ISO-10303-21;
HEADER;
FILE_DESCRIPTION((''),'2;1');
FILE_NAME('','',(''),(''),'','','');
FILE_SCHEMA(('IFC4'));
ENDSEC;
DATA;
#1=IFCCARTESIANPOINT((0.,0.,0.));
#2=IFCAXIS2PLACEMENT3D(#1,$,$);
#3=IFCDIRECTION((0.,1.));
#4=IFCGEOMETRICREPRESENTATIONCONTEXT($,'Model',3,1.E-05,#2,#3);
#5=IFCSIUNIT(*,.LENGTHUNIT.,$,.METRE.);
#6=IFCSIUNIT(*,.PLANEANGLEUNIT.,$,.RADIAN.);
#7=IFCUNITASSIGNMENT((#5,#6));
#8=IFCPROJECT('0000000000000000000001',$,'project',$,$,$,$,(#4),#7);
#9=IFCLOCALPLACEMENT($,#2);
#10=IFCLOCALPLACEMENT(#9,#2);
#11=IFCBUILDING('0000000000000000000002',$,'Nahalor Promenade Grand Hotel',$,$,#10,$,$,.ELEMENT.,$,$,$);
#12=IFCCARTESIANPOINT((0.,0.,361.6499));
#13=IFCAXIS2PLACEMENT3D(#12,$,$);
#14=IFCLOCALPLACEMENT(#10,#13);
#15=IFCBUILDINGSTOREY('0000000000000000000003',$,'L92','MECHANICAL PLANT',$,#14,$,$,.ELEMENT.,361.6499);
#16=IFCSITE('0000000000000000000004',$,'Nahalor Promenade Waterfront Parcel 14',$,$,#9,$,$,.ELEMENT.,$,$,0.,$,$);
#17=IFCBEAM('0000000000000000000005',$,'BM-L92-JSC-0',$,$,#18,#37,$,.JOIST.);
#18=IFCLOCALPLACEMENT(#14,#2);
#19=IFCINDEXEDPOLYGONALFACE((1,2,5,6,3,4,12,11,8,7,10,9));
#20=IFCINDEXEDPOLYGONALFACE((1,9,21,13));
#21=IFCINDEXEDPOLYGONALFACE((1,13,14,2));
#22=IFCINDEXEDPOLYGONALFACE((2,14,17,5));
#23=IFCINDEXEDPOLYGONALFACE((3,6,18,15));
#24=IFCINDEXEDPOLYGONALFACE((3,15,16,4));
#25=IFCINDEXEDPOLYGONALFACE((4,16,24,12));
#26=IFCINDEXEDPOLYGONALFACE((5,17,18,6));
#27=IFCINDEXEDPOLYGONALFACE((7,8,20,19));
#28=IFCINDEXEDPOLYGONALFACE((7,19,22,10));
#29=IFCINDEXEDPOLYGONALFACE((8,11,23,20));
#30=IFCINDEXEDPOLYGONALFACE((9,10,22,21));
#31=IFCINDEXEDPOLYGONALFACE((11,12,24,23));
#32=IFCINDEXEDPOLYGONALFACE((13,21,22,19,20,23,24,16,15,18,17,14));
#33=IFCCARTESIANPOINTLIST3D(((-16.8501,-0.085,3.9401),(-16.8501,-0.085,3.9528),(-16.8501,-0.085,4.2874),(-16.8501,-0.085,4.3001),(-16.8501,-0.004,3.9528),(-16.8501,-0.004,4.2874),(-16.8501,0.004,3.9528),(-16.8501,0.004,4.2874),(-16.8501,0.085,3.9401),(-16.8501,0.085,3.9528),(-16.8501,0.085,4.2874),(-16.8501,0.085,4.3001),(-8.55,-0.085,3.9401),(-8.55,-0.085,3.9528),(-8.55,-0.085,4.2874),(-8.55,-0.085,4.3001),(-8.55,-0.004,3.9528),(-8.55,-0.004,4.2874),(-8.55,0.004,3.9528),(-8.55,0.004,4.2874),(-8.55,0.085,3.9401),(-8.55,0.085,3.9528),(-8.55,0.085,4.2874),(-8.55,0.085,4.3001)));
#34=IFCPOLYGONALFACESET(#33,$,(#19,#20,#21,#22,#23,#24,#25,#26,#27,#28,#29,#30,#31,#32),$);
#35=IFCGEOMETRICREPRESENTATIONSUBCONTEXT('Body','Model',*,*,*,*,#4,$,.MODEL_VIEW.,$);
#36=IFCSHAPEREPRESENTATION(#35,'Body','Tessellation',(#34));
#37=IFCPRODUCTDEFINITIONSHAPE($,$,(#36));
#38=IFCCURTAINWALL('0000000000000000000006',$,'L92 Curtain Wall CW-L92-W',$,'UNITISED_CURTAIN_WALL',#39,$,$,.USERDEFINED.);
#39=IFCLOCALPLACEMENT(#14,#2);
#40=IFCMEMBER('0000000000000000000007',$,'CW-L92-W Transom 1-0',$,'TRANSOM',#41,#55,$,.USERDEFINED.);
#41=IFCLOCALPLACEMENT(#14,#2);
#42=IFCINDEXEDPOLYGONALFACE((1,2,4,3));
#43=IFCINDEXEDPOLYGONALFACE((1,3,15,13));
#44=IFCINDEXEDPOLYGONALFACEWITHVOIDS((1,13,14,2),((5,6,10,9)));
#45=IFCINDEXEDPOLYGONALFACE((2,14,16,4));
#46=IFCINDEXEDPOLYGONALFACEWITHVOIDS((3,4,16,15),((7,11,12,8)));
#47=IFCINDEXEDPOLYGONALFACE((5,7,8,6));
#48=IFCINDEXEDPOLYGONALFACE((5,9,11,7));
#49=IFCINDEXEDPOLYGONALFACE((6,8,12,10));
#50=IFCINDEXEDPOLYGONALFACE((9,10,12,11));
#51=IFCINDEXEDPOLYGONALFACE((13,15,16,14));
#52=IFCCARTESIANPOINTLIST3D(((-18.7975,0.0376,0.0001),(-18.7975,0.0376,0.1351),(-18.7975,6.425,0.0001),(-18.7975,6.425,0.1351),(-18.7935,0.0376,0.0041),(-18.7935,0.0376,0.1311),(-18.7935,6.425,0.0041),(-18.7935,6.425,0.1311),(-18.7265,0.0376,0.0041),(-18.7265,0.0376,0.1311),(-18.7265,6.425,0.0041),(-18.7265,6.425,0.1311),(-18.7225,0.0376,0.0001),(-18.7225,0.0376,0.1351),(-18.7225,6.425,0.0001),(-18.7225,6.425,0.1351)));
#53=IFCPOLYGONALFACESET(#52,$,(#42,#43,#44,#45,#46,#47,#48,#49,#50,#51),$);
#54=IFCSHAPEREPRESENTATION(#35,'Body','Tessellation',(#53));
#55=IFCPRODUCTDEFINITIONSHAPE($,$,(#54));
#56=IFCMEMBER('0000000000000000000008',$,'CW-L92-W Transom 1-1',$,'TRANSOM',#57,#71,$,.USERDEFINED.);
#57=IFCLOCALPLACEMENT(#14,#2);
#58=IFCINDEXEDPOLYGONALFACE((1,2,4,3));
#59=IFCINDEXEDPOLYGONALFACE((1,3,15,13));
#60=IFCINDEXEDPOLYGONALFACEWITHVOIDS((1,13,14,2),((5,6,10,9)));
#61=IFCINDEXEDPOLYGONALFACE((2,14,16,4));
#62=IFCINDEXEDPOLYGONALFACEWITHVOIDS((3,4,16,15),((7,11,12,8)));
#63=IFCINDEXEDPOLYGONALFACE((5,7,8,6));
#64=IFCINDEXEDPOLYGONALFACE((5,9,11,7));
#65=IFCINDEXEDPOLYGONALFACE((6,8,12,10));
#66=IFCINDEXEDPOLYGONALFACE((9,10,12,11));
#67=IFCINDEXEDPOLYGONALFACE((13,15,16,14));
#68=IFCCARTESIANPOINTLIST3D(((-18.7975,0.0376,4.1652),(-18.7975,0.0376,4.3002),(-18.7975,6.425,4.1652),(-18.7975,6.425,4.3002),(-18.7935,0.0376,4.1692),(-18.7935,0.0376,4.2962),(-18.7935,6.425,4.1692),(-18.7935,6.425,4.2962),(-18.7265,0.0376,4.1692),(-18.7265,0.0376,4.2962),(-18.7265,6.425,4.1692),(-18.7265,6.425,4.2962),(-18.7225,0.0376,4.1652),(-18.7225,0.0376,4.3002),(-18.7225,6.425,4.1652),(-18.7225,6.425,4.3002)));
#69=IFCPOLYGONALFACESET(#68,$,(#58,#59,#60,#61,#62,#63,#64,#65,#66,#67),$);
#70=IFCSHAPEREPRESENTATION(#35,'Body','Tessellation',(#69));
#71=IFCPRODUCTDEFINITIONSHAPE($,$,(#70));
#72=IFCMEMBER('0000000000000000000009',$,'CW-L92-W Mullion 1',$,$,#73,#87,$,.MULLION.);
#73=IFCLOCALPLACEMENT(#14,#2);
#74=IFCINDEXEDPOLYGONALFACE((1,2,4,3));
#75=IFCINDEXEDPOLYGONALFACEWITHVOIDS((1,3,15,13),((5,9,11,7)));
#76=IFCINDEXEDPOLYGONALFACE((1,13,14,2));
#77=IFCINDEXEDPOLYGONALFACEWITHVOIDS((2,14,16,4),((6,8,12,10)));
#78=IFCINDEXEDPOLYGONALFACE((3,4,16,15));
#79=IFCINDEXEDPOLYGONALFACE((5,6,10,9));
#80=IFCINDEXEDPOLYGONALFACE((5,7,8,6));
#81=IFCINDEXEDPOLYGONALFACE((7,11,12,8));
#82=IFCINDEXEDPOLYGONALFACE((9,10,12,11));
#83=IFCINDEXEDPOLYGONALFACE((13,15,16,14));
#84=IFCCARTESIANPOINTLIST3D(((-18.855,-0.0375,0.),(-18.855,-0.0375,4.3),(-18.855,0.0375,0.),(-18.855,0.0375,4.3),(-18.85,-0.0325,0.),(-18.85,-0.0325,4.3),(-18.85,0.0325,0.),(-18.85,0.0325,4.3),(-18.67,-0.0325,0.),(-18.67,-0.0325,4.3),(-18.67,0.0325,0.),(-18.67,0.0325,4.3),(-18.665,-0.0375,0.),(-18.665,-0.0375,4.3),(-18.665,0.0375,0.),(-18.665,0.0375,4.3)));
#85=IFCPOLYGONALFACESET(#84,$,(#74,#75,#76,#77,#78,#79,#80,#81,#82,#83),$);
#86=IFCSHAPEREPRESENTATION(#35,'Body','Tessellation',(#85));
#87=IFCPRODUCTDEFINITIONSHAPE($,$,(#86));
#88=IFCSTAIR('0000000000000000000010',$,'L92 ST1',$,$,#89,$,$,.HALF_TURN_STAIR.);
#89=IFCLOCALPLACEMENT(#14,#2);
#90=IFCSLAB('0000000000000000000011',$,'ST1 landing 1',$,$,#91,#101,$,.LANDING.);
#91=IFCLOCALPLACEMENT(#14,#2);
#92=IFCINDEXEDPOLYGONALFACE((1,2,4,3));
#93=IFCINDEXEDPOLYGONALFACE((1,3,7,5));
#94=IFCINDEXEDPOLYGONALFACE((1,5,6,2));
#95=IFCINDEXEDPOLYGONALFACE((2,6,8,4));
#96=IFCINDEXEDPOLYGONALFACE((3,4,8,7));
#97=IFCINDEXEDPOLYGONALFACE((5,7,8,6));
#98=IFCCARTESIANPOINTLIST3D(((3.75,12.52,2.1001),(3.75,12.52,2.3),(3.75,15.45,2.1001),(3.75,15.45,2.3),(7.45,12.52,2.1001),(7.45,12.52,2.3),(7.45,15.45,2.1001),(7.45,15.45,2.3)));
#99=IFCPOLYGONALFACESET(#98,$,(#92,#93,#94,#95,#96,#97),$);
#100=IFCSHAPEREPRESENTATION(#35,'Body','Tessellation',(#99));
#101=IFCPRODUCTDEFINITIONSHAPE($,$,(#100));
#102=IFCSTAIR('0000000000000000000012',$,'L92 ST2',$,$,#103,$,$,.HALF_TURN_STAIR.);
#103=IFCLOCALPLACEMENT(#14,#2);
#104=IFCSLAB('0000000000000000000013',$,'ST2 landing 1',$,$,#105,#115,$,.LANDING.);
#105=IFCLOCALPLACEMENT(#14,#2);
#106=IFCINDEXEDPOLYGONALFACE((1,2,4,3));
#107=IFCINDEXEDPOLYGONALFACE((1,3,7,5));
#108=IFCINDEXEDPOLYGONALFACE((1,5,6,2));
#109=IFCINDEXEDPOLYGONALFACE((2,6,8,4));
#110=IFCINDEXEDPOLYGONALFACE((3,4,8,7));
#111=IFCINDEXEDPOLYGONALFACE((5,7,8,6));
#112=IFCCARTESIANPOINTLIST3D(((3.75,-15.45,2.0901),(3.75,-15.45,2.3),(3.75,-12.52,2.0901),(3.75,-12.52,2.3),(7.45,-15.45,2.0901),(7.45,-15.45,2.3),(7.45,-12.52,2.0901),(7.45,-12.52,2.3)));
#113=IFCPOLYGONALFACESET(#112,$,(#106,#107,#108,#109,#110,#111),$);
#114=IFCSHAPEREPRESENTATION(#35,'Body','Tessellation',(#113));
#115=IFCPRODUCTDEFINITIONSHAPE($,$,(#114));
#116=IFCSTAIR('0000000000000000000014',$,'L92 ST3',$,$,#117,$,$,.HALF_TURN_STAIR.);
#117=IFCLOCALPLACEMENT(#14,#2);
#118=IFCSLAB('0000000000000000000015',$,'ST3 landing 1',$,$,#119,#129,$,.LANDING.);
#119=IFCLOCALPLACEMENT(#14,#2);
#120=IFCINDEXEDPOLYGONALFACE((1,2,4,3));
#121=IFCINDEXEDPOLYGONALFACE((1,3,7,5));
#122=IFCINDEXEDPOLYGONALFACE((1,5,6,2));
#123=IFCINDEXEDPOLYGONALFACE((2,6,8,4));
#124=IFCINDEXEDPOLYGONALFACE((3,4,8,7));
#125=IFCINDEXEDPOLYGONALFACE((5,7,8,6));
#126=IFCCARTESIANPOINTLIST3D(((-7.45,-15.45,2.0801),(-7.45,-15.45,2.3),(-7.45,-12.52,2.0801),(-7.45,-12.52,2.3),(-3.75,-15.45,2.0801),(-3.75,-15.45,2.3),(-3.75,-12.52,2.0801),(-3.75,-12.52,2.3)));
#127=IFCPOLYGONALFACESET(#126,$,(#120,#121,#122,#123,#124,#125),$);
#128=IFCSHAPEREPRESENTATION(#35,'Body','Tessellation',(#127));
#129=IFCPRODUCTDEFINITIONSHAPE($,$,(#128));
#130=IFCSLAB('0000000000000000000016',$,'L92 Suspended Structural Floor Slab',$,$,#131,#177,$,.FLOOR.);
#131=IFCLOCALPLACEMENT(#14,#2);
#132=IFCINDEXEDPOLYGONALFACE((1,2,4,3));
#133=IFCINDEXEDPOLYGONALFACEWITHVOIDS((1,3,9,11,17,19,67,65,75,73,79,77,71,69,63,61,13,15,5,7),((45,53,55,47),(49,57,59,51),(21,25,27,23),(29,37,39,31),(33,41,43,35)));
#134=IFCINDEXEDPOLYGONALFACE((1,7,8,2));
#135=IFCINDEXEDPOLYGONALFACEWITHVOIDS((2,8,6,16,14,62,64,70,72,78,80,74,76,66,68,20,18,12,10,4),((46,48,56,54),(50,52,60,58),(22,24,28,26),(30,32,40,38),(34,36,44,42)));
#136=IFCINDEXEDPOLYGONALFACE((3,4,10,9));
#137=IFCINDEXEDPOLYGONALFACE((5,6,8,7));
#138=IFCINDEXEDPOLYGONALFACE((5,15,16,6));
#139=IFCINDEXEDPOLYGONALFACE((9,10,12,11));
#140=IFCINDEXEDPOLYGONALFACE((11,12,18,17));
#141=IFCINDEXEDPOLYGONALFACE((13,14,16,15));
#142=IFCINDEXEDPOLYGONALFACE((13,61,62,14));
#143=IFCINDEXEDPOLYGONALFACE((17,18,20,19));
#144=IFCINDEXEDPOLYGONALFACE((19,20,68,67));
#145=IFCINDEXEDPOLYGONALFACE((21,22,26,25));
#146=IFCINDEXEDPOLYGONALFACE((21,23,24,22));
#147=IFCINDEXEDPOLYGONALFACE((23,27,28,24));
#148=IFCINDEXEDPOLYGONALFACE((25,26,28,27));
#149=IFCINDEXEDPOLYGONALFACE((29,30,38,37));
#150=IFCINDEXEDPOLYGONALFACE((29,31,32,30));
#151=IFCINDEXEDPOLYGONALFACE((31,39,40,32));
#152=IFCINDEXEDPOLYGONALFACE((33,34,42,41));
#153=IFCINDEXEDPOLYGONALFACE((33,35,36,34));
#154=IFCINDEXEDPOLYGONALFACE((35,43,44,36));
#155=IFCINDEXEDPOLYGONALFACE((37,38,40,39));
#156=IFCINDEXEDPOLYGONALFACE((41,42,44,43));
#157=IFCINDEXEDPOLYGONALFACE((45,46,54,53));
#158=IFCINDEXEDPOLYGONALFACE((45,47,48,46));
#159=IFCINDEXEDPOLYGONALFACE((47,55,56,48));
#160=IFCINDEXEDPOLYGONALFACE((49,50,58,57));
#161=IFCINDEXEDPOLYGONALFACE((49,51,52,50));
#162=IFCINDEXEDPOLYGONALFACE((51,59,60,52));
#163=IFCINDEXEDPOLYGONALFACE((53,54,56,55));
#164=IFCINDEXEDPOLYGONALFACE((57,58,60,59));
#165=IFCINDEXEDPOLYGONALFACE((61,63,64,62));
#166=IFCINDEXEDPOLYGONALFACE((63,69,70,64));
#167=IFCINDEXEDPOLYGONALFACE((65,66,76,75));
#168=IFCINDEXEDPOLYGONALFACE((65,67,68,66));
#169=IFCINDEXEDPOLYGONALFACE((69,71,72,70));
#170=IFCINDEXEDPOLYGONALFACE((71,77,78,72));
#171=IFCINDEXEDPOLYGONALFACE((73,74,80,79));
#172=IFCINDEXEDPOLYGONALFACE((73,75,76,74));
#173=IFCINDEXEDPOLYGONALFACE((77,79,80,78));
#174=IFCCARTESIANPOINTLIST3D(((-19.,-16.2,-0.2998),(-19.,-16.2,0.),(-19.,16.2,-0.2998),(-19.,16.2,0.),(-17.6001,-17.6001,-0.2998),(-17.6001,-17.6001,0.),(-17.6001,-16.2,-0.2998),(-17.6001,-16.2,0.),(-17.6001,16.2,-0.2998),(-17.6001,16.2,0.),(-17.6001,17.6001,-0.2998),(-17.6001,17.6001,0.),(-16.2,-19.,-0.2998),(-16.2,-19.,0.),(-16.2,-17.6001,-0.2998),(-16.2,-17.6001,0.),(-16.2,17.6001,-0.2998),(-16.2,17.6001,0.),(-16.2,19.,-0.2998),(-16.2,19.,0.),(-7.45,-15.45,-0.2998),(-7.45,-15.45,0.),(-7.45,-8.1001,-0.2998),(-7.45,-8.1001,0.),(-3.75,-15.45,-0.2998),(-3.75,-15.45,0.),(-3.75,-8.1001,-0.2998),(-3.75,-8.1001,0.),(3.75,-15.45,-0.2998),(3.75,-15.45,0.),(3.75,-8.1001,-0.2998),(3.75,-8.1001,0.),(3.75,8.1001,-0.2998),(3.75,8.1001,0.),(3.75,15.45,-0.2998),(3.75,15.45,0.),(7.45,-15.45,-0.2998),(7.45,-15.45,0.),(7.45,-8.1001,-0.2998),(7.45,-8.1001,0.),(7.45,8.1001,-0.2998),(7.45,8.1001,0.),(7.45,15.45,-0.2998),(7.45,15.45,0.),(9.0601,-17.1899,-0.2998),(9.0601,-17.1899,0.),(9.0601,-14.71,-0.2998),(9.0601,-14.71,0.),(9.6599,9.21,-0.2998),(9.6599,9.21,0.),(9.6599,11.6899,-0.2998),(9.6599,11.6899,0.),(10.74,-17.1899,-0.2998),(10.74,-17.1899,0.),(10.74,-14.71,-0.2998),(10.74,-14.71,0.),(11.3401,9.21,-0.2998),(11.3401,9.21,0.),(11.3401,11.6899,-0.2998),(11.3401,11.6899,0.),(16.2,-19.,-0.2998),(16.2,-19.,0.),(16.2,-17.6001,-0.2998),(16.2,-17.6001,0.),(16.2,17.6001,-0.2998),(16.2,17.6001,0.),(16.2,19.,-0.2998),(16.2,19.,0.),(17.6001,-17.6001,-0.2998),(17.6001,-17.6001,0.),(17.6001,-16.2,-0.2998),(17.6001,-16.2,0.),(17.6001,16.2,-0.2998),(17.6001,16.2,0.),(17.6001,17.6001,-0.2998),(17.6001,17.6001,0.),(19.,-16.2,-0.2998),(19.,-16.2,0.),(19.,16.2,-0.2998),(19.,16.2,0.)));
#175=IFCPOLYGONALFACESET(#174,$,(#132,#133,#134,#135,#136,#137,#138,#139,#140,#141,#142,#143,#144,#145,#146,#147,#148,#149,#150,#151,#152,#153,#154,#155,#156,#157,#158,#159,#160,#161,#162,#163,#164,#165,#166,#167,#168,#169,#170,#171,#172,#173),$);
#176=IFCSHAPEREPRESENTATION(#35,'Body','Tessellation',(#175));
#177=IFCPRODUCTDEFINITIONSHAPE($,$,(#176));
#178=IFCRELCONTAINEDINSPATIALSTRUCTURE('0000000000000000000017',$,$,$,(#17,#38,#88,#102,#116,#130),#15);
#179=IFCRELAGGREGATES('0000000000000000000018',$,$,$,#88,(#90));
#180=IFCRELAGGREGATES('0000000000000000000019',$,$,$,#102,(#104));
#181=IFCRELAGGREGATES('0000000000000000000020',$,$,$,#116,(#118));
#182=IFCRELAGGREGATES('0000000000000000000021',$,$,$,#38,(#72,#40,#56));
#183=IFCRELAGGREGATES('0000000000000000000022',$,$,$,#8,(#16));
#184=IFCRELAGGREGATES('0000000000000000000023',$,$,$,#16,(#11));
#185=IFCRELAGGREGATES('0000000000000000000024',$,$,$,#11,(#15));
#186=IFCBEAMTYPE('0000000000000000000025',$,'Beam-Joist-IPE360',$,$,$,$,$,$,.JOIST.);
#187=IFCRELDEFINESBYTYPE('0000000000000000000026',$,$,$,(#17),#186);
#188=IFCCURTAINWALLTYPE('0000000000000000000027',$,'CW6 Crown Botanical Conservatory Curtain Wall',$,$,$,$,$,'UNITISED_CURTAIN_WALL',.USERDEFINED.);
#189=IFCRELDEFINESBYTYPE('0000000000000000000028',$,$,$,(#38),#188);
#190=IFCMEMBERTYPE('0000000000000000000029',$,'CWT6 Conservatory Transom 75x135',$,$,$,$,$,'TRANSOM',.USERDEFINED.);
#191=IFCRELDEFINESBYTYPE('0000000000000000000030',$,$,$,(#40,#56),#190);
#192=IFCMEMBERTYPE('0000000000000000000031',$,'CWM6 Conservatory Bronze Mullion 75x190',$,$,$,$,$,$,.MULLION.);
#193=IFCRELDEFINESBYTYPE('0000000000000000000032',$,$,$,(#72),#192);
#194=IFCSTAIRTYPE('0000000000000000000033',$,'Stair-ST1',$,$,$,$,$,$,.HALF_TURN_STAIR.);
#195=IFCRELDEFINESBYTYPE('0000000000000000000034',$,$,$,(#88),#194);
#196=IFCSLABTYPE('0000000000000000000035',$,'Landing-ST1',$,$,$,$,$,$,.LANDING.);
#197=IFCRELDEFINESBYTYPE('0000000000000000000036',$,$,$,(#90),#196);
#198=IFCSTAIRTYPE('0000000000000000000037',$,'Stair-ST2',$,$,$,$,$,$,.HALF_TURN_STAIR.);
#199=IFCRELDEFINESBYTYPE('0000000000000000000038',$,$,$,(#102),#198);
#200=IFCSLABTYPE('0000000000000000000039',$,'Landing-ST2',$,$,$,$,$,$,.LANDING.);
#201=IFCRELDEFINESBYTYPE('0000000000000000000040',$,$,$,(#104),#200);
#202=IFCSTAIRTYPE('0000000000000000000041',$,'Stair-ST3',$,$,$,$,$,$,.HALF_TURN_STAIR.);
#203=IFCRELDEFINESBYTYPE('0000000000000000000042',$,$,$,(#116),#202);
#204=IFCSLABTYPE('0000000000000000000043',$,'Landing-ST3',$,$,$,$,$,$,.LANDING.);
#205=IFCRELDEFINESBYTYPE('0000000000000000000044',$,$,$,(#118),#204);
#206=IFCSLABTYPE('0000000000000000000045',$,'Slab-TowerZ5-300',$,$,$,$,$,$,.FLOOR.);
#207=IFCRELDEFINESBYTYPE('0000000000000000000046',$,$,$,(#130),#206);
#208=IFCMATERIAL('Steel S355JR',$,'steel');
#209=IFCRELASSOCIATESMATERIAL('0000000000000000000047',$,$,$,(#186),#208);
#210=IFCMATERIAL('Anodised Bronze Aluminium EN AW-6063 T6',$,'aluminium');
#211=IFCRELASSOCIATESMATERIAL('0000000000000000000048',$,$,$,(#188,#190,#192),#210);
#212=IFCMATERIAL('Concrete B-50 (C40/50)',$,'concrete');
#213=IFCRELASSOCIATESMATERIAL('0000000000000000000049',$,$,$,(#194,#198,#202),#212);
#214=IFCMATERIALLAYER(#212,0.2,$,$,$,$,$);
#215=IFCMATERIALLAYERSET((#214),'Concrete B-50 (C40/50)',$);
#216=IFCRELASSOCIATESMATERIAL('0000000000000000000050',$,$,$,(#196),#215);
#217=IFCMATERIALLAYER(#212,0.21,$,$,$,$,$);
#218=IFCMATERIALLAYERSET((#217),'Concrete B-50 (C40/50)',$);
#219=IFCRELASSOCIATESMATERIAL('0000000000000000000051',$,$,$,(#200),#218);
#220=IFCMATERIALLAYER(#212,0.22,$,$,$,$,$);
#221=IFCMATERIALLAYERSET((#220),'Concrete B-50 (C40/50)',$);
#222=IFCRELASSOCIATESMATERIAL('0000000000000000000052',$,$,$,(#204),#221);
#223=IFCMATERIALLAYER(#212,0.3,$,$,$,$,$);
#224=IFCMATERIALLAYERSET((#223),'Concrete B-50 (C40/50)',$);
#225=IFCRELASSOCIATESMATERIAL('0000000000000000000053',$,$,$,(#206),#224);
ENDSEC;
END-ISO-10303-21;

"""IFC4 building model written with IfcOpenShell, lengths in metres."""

from ifc_helpers import new_model, si_unit, direction, frame, origin, origin_2d, place, context, subcontext, project, spatial, polyline, hollow_rectangle, i_section, outline, extrude, source, transform, mapped, material, layer, layer_set, material_profile, profile_set, type_object, element, aggregate, save


model = new_model("IFC4")

# Units and contexts
model_context = context("Model", 3, precision=1e-05, world=origin(), true_north=direction((0.0, 1.0)))
body_context = subcontext(model_context, "Body", "Model", "MODEL_VIEW")
ifc_project = project(units=[si_unit("LENGTHUNIT", "METRE"), si_unit("PLANEANGLEUNIT", "RADIAN")], contexts=[model_context])

# Site, building, storey
site_placement = place(None, origin())
site = spatial("IfcSite", under=ifc_project, at=site_placement, Name="Nahalor Promenade Waterfront Parcel 14", CompositionType="ELEMENT", RefElevation=0.0)
building_placement = place(site_placement, origin())
building = spatial("IfcBuilding", under=site, at=building_placement, Name="Nahalor Promenade Grand Hotel", CompositionType="ELEMENT")
storey_placement = place(building_placement, frame((0.0, 0.0, 361.6499)))
storey = spatial("IfcBuildingStorey", under=building, at=storey_placement, Name="L92", Description="MECHANICAL PLANT", CompositionType="ELEMENT", Elevation=361.6499)

# Shared definitions
ifc_material_1 = material(Name="Concrete B-50 (C40/50)", Category="concrete")

# Beam
ifc_material_2 = material(Name="Steel S355JR", Category="steel")
ifc_material_profile_1 = material_profile(ifc_material_2, i_section(OverallWidth=0.17, OverallDepth=0.36, WebThickness=0.008, FlangeThickness=0.0127, at=origin_2d()), Name="IPE 360")
ifc_profile_set_1 = profile_set([ifc_material_profile_1], Name="Steel S355JR")
beam_type_1 = type_object("IfcBeamType", Name="Beam-Joist-IPE360", PredefinedType="JOIST", material=ifc_profile_set_1)
shared_shape_1 = source(origin(), body_context, "Body", "SweptSolid", [
    extrude(i_section(OverallWidth=0.17, OverallDepth=0.36, WebThickness=0.008, FlangeThickness=0.0127, at=origin_2d()), origin(), (0.0, 0.0, 1.0), 8.3),
])
beam_1_placement = place(storey_placement, frame((-16.8501, 0.0, 4.1201), z_axis=(1.0, 0.0, 0.0), x_axis=(0.0, 1.0, 0.0)))
element("IfcBeam", 1, at=beam_1_placement, inside=storey, type_object=beam_type_1, Name="BM-L92-JSC-0", PredefinedType="JOIST", context=body_context, shape_type="MappedRepresentation", body=[
    mapped(shared_shape_1, transform((0.0, 0.0, 0.0), scale=1.0)),
])

# Curtain wall, members
ifc_material_3 = material(Name="Anodised Bronze Aluminium EN AW-6063 T6", Category="aluminium")
curtain_wall_type = type_object("IfcCurtainWallType", Name="CW6 Crown Botanical Conservatory Curtain Wall", ElementType="UNITISED_CURTAIN_WALL", PredefinedType="USERDEFINED", material=ifc_material_3)
curtain_wall_placement = place(storey_placement, origin())
curtain_wall = element("IfcCurtainWall", 2, at=curtain_wall_placement, inside=storey, type_object=curtain_wall_type, Name="L92 Curtain Wall CW-L92-W", ObjectType="UNITISED_CURTAIN_WALL", PredefinedType="USERDEFINED")
ifc_material_profile_2 = material_profile(ifc_material_3, hollow_rectangle(XDim=0.075, YDim=0.135, WallThickness=0.004, at=origin_2d()), Name="CWT 75x135x4")
ifc_profile_set_2 = profile_set([ifc_material_profile_2], Name="Anodised Bronze Aluminium EN AW-6063 T6")
member_type_1 = type_object("IfcMemberType", Name="CWT6 Conservatory Transom 75x135", ElementType="TRANSOM", PredefinedType="USERDEFINED", material=ifc_profile_set_2)
shared_shape_2 = source(origin(), body_context, "Body", "SweptSolid", [
    extrude(hollow_rectangle(XDim=0.075, YDim=0.135, WallThickness=0.004, at=origin_2d()), origin(), (0.0, 0.0, 1.0), 6.3875),
])
member_1_placement = place(storey_placement, frame((-18.76, 0.0376, 0.0676), z_axis=(0.0, 1.0, 0.0), x_axis=(-1.0, 0.0, 0.0)))
member_1 = element("IfcMember", 3, at=member_1_placement, type_object=member_type_1, Name="CW-L92-W Transom 1-0", ObjectType="TRANSOM", PredefinedType="USERDEFINED", context=body_context, shape_type="MappedRepresentation", body=[
    mapped(shared_shape_2, transform((0.0, 0.0, 0.0), scale=1.0)),
])
member_2_placement = place(storey_placement, frame((-18.76, 0.0376, 4.2327), z_axis=(0.0, 1.0, 0.0), x_axis=(-1.0, 0.0, 0.0)))
member_2 = element("IfcMember", 4, at=member_2_placement, type_object=member_type_1, Name="CW-L92-W Transom 1-1", ObjectType="TRANSOM", PredefinedType="USERDEFINED", context=body_context, shape_type="MappedRepresentation", body=[
    mapped(shared_shape_2, transform((0.0, 0.0, 0.0), scale=1.0)),
])
ifc_material_profile_3 = material_profile(ifc_material_3, hollow_rectangle(XDim=0.075, YDim=0.19, WallThickness=0.005, at=origin_2d()), Name="CWM 75x190x5")
ifc_profile_set_3 = profile_set([ifc_material_profile_3], Name="Anodised Bronze Aluminium EN AW-6063 T6")
member_type_2 = type_object("IfcMemberType", Name="CWM6 Conservatory Bronze Mullion 75x190", PredefinedType="MULLION", material=ifc_profile_set_3)
shared_shape_3 = source(origin(), body_context, "Body", "SweptSolid", [
    extrude(hollow_rectangle(XDim=0.075, YDim=0.19, WallThickness=0.005, at=origin_2d()), origin(), (0.0, 0.0, 1.0), 4.3),
])
member_3_placement = place(storey_placement, frame((-18.76, 0.0, 0.0), z_axis=(0.0, 0.0, 1.0), x_axis=(0.0, 1.0, 0.0)))
member_3 = element("IfcMember", 5, at=member_3_placement, type_object=member_type_2, Name="CW-L92-W Mullion 1", PredefinedType="MULLION", context=body_context, shape_type="MappedRepresentation", body=[
    mapped(shared_shape_3, transform((0.0, 0.0, 0.0), scale=1.0)),
])

# Stairs, slabs
stair_type_1 = type_object("IfcStairType", Name="Stair-ST1", PredefinedType="HALF_TURN_STAIR", material=ifc_material_1)
stair_1_placement = place(storey_placement, origin())
stair_1 = element("IfcStair", 6, at=stair_1_placement, inside=storey, type_object=stair_type_1, Name="L92 ST1", PredefinedType="HALF_TURN_STAIR")
ifc_layer_1 = layer(ifc_material_1, 0.2)
ifc_layer_set_1 = layer_set([ifc_layer_1], Name="Concrete B-50 (C40/50)")
slab_type_1 = type_object("IfcSlabType", Name="Landing-ST1", PredefinedType="LANDING", material=ifc_layer_set_1)
slab_1_placement = place(storey_placement, frame((0.0, 0.0, 2.1001)))
slab_1 = element("IfcSlab", 7, at=slab_1_placement, type_object=slab_type_1, Name="ST1 landing 1", PredefinedType="LANDING", context=body_context, shape_type="SweptSolid", body=[
    extrude(outline(polyline([(7.45, 12.52), (7.45, 15.45), (3.75, 15.45), (3.75, 12.52), (7.45, 12.52)])), origin(), (0.0, 0.0, 1.0), 0.2),
])
aggregate(stair_1, [slab_1])
stair_type_2 = type_object("IfcStairType", Name="Stair-ST2", PredefinedType="HALF_TURN_STAIR", material=ifc_material_1)
stair_2_placement = place(storey_placement, origin())
stair_2 = element("IfcStair", 8, at=stair_2_placement, inside=storey, type_object=stair_type_2, Name="L92 ST2", PredefinedType="HALF_TURN_STAIR")
ifc_layer_2 = layer(ifc_material_1, 0.21)
ifc_layer_set_2 = layer_set([ifc_layer_2], Name="Concrete B-50 (C40/50)")
slab_type_2 = type_object("IfcSlabType", Name="Landing-ST2", PredefinedType="LANDING", material=ifc_layer_set_2)
slab_2_placement = place(storey_placement, frame((0.0, 0.0, 2.0901)))
slab_2 = element("IfcSlab", 9, at=slab_2_placement, type_object=slab_type_2, Name="ST2 landing 1", PredefinedType="LANDING", context=body_context, shape_type="SweptSolid", body=[
    extrude(outline(polyline([(3.75, -12.52), (3.75, -15.45), (7.45, -15.45), (7.45, -12.52), (3.75, -12.52)])), origin(), (0.0, 0.0, 1.0), 0.21),
])
aggregate(stair_2, [slab_2])
stair_type_3 = type_object("IfcStairType", Name="Stair-ST3", PredefinedType="HALF_TURN_STAIR", material=ifc_material_1)
stair_3_placement = place(storey_placement, origin())
stair_3 = element("IfcStair", 10, at=stair_3_placement, inside=storey, type_object=stair_type_3, Name="L92 ST3", PredefinedType="HALF_TURN_STAIR")
ifc_layer_3 = layer(ifc_material_1, 0.22)
ifc_layer_set_3 = layer_set([ifc_layer_3], Name="Concrete B-50 (C40/50)")
slab_type_3 = type_object("IfcSlabType", Name="Landing-ST3", PredefinedType="LANDING", material=ifc_layer_set_3)
slab_3_placement = place(storey_placement, frame((0.0, 0.0, 2.0801)))
slab_3 = element("IfcSlab", 11, at=slab_3_placement, type_object=slab_type_3, Name="ST3 landing 1", PredefinedType="LANDING", context=body_context, shape_type="SweptSolid", body=[
    extrude(outline(polyline([(-7.45, -12.52), (-7.45, -15.45), (-3.75, -15.45), (-3.75, -12.52), (-7.45, -12.52)])), origin(), (0.0, 0.0, 1.0), 0.22),
])
aggregate(stair_3, [slab_3])

# Slab
ifc_layer_4 = layer(ifc_material_1, 0.3)
ifc_layer_set_4 = layer_set([ifc_layer_4], Name="Concrete B-50 (C40/50)")
slab_type_4 = type_object("IfcSlabType", Name="Slab-TowerZ5-300", PredefinedType="FLOOR", material=ifc_layer_set_4)
slab_4_placement = place(storey_placement, frame((0.0, 0.0, -0.2998)))
element("IfcSlab", 12, at=slab_4_placement, inside=storey, type_object=slab_type_4, Name="L92 Suspended Structural Floor Slab", PredefinedType="FLOOR", context=body_context, shape_type="SweptSolid", body=[
    extrude(outline(polyline([(-16.2, -19.0), (16.2, -19.0), (16.2, -17.6001), (17.6001, -17.6001), (17.6001, -16.2), (19.0, -16.2), (19.0, 16.2), (17.6001, 16.2), (17.6001, 17.6001), (16.2, 17.6001), (16.2, 19.0), (-16.2, 19.0), (-16.2, 17.6001), (-17.6001, 17.6001), (-17.6001, 16.2), (-19.0, 16.2), (-19.0, -16.2), (-17.6001, -16.2), (-17.6001, -17.6001), (-16.2, -17.6001), (-16.2, -19.0)]), holes=[polyline([(3.75, 8.1001), (7.45, 8.1001), (7.45, 15.45), (3.75, 15.45), (3.75, 8.1001)]), polyline([(3.75, -15.45), (7.45, -15.45), (7.45, -8.1001), (3.75, -8.1001), (3.75, -15.45)]), polyline([(-7.45, -15.45), (-3.75, -15.45), (-3.75, -8.1001), (-7.45, -8.1001), (-7.45, -15.45)]), polyline([(9.6599, 9.21), (11.3401, 9.21), (11.3401, 11.6899), (9.6599, 11.6899), (9.6599, 9.21)]), polyline([(9.0601, -17.1899), (10.74, -17.1899), (10.74, -14.71), (9.0601, -14.71), (9.0601, -17.1899)])]), origin(), (0.0, 0.0, 1.0), 0.2998),
])

aggregate(curtain_wall, [member_3, member_1, member_2])

save(model, "model.ifc")
